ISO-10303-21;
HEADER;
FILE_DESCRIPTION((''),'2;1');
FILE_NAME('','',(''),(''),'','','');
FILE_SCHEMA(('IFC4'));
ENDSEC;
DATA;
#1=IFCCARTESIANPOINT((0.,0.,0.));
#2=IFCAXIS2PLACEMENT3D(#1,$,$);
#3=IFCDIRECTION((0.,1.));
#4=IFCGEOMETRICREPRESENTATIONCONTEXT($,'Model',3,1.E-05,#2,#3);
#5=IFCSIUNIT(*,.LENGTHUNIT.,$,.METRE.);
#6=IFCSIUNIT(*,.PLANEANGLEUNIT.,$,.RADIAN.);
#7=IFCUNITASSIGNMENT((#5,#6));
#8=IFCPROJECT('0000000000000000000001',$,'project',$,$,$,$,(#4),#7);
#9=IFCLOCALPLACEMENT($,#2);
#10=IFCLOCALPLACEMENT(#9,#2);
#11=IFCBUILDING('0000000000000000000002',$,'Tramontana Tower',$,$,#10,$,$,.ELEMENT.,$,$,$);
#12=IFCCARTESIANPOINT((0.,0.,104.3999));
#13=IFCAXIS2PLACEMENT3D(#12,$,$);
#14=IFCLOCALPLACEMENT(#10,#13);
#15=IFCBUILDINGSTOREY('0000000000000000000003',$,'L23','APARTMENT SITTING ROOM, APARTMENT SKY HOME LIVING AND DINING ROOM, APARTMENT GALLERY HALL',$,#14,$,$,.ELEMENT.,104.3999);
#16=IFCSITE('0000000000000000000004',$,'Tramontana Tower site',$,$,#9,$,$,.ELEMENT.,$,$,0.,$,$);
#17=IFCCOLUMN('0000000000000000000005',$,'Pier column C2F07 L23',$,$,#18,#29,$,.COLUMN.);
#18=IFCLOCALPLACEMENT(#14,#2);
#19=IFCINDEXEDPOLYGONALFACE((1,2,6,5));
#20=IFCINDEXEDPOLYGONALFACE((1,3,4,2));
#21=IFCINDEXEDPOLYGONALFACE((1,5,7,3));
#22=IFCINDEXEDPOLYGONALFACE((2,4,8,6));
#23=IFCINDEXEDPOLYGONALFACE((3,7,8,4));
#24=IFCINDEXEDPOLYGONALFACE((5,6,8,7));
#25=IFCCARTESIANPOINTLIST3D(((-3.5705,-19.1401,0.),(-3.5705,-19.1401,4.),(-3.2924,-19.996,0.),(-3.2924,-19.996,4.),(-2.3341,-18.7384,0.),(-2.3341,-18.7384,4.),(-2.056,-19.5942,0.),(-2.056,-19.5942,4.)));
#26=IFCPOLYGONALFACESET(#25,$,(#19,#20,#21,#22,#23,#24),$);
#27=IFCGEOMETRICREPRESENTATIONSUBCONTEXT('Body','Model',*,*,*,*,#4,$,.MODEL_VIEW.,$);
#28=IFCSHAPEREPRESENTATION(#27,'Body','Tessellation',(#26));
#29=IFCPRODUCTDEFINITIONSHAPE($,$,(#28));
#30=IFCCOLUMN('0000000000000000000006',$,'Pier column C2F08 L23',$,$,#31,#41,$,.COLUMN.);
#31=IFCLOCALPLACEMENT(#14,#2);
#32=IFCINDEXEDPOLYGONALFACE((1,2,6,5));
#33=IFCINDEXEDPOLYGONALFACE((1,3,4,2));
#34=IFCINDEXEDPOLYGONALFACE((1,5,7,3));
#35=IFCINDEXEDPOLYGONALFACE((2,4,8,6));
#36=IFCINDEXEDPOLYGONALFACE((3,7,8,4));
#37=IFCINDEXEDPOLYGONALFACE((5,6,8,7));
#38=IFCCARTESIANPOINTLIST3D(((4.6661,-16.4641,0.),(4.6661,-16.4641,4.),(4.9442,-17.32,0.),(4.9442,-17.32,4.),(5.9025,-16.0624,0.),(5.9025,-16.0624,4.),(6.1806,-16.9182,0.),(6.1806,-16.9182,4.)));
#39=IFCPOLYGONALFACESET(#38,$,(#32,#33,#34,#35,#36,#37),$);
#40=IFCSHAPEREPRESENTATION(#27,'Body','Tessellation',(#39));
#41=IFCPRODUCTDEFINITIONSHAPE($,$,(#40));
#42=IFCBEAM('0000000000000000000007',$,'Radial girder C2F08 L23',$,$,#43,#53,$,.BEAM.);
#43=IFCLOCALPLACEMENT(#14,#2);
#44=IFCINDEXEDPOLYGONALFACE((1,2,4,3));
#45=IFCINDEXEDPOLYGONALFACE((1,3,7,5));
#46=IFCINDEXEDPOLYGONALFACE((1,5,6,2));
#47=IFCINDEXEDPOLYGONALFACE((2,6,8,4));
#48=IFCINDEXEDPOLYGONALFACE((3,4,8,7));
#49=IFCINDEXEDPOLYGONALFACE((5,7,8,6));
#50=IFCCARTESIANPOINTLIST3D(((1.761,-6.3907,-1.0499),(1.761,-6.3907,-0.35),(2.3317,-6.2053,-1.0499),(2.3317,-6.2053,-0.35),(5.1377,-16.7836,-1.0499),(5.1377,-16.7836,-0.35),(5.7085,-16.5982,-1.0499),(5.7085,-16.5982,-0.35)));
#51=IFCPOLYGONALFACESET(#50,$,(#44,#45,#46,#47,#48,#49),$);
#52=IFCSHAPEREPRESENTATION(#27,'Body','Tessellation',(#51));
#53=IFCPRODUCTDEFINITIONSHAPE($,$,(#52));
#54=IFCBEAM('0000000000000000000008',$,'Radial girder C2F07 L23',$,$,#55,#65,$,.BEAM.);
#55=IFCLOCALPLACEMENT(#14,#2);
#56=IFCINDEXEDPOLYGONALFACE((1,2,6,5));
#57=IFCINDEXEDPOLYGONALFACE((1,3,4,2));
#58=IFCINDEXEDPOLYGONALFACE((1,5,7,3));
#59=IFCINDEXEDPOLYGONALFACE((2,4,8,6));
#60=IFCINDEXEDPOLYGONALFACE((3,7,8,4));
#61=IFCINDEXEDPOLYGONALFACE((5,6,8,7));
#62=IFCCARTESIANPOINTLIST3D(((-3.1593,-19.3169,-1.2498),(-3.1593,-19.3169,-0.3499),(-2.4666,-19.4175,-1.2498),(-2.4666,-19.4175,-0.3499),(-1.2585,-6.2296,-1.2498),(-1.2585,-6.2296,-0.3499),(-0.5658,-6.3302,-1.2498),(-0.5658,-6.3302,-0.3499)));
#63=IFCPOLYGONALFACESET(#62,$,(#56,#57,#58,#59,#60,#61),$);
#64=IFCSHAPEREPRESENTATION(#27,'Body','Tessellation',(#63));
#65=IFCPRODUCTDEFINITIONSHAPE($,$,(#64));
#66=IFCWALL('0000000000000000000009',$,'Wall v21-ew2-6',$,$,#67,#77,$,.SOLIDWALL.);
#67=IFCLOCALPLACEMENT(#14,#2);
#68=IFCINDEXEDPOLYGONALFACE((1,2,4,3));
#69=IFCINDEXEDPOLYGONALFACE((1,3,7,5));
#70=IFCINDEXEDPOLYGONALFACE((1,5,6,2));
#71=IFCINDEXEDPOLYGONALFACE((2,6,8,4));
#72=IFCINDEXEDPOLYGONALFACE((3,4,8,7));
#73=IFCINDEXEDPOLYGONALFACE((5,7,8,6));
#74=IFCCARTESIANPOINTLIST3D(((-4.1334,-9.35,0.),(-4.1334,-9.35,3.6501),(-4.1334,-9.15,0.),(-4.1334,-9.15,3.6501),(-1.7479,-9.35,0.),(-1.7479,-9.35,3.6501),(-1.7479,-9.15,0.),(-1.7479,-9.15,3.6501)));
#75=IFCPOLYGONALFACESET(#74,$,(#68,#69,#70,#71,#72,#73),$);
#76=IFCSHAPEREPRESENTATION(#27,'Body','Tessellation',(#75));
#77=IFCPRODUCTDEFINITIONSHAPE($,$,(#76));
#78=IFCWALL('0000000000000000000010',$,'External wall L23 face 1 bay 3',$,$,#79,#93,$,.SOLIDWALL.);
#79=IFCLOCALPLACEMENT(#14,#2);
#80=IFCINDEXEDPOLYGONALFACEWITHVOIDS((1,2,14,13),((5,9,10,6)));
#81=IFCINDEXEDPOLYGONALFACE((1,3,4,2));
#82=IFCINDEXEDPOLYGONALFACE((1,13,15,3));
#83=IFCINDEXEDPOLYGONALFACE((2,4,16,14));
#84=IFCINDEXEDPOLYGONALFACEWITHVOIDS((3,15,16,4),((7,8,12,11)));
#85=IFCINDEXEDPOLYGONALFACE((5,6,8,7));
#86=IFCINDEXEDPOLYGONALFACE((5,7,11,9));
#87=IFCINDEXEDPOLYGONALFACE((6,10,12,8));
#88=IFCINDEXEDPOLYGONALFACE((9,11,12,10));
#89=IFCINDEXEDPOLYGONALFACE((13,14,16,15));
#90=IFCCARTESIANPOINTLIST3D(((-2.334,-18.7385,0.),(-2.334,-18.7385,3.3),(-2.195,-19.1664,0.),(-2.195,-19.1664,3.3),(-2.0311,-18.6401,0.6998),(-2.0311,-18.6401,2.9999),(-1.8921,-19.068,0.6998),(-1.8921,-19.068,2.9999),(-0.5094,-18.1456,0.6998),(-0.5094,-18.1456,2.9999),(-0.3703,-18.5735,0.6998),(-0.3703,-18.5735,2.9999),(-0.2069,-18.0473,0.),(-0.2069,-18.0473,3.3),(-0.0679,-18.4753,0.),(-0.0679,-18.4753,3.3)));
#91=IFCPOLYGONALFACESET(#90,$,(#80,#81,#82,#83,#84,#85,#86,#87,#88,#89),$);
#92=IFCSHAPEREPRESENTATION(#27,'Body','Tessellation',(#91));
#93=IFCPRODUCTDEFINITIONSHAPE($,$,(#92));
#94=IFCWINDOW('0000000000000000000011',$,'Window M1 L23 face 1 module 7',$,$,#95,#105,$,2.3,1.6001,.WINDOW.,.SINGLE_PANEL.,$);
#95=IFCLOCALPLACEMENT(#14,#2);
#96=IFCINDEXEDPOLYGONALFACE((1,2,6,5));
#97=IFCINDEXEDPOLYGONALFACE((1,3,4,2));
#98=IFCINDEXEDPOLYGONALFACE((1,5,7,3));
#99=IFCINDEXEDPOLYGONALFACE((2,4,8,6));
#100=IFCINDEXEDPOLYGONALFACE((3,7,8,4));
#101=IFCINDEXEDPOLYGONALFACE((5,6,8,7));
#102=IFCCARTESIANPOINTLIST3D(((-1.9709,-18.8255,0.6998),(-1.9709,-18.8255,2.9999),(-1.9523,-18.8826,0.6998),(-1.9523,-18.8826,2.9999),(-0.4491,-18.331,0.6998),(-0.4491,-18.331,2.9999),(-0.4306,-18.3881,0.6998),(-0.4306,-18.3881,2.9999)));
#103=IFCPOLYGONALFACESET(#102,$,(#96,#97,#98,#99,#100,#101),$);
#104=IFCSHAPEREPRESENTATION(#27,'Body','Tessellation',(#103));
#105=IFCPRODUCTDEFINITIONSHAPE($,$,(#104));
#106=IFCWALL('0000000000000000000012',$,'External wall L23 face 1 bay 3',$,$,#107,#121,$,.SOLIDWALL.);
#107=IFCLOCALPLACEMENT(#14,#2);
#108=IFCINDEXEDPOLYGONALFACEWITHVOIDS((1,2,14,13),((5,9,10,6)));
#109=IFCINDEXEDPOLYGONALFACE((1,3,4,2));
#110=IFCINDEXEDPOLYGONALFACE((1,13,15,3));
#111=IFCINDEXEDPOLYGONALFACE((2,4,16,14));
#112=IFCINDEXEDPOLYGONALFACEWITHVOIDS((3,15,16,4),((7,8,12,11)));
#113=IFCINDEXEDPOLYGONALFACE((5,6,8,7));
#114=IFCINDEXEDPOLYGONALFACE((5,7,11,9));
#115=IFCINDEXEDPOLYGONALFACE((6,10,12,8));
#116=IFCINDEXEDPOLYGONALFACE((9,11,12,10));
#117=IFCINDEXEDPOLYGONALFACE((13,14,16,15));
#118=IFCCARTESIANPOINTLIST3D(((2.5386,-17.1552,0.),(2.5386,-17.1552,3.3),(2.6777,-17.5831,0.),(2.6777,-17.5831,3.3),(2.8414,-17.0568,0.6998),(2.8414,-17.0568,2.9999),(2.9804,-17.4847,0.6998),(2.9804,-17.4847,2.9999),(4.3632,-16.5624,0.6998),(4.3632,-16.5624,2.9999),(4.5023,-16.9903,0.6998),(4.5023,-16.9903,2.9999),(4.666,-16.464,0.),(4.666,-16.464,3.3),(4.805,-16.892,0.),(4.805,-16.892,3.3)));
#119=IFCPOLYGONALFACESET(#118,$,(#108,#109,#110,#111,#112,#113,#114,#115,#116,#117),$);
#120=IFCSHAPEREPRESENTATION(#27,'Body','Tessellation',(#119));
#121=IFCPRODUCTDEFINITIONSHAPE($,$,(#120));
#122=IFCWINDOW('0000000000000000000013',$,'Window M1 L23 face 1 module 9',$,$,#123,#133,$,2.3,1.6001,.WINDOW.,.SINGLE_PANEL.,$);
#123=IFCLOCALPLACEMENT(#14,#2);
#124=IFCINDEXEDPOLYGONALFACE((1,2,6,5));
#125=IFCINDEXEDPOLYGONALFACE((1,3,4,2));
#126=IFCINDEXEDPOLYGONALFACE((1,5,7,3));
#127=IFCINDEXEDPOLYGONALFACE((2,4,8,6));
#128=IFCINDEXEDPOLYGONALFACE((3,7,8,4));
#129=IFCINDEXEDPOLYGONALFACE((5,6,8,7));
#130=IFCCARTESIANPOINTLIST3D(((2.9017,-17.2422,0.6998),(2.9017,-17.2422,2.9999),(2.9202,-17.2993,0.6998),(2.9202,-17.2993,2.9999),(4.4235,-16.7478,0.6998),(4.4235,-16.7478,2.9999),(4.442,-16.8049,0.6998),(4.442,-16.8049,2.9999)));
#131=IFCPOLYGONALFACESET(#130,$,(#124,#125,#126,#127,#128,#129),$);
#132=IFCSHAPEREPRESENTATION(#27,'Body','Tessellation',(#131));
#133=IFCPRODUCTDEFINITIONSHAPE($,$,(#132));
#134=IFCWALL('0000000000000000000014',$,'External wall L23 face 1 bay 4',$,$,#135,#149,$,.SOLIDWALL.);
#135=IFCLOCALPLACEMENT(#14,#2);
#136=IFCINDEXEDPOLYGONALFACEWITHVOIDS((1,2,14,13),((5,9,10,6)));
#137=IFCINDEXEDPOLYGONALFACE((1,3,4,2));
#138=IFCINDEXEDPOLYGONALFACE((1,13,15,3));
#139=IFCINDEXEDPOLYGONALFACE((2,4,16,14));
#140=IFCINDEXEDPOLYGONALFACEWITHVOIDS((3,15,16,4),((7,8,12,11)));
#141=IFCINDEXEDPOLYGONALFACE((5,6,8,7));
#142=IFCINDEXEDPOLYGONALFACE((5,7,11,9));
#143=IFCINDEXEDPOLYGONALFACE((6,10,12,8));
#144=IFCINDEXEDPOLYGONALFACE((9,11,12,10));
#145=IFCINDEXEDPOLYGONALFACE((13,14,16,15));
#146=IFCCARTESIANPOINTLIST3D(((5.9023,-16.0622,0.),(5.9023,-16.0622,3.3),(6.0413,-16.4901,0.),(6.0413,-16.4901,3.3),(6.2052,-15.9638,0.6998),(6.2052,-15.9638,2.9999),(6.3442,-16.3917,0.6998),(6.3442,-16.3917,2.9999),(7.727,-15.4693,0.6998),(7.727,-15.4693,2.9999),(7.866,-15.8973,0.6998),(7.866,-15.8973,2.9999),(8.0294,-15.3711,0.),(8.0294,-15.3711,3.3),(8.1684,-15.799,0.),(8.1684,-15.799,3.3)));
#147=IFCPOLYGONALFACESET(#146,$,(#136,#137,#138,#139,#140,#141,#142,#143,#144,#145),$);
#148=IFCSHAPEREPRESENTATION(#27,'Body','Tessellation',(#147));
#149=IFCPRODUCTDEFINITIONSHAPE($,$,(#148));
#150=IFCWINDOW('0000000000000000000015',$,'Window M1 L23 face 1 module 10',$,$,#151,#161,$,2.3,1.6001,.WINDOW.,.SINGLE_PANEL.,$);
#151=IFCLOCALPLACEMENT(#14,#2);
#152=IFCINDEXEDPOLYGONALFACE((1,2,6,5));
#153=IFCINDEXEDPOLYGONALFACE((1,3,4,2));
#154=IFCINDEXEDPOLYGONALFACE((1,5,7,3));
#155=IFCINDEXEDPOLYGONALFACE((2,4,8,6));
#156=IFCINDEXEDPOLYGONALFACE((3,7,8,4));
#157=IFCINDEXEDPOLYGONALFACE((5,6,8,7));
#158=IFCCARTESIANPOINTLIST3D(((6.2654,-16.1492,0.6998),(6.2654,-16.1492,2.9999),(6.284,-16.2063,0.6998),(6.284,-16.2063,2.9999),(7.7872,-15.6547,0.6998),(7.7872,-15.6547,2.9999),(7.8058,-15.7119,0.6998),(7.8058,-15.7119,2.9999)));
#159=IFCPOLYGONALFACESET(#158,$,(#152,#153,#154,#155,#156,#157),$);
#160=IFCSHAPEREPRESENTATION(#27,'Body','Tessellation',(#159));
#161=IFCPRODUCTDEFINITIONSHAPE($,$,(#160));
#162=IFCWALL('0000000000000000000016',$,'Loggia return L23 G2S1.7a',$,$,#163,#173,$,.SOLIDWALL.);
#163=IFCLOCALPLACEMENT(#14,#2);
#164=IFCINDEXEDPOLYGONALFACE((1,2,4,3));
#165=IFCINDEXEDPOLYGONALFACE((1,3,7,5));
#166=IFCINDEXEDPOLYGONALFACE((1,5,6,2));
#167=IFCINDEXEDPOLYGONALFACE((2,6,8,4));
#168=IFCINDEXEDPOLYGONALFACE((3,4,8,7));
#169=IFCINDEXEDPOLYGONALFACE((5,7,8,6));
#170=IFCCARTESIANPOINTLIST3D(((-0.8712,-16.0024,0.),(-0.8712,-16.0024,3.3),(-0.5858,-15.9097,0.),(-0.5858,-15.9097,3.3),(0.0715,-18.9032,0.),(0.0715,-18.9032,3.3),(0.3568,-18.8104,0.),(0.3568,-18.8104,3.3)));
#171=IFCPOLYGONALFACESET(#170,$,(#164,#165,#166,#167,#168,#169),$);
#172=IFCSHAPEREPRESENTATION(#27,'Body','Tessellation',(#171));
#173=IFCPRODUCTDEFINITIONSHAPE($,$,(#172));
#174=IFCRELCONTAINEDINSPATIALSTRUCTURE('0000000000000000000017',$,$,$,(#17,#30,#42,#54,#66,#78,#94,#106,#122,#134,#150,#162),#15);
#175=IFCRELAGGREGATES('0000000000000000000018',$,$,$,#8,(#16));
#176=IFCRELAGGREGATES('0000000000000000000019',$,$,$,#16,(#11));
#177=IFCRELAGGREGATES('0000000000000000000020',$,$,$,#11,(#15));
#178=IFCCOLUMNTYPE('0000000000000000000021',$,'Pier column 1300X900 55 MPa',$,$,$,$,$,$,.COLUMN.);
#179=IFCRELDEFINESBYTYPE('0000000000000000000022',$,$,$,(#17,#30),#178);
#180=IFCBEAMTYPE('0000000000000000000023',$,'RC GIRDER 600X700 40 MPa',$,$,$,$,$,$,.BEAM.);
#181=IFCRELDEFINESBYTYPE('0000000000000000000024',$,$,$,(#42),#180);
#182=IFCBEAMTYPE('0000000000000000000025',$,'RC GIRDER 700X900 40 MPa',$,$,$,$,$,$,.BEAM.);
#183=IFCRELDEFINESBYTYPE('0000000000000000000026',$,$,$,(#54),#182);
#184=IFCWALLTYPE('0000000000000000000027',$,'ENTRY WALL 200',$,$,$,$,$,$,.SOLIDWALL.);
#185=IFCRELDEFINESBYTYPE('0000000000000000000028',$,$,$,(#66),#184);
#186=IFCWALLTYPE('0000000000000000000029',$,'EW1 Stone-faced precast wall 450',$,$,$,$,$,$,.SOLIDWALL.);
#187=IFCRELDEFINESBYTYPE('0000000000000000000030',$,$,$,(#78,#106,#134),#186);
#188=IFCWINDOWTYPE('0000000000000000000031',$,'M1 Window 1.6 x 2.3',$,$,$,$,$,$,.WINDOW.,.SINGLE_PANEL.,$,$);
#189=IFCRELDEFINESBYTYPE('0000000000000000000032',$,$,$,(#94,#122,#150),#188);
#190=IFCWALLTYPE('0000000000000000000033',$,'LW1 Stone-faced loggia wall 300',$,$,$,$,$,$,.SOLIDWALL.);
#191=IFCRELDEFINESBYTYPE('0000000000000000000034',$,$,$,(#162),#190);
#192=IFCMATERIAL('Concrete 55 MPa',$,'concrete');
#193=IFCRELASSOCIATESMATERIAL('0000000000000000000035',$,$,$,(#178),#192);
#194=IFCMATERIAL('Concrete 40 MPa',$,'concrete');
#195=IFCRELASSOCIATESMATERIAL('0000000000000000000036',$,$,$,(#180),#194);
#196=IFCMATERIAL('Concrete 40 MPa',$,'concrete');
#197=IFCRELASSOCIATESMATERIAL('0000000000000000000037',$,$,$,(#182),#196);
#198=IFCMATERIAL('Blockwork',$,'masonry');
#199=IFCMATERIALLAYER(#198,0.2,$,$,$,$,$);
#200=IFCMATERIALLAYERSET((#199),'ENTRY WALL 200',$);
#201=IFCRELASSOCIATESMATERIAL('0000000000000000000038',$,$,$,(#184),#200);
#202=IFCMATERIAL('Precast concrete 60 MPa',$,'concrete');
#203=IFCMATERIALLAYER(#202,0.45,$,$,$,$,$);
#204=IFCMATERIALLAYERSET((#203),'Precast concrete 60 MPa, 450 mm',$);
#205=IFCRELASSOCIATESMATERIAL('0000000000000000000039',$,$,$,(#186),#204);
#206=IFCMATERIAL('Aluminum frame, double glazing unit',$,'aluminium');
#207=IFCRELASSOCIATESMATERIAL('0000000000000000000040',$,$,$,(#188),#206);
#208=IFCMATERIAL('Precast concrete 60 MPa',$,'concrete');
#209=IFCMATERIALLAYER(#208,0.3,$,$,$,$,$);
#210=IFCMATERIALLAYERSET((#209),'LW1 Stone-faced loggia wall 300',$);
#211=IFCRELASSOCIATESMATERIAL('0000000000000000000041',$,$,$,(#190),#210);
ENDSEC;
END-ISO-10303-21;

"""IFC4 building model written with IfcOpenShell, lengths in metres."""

from ifc_helpers import new_model, si_unit, direction, frame, frame_2d, origin, origin_2d, place, context, subcontext, project, spatial, rectangle, extrude, material, layer, layer_set, material_profile, profile_set, type_object, element, fill, save


model = new_model("IFC4")

# Units and contexts
model_context = context("Model", 3, precision=1e-05, world=origin(), true_north=direction((0.0, 1.0)))
body_context = subcontext(model_context, "Body", "Model", "MODEL_VIEW")
ifc_project = project(units=[si_unit("LENGTHUNIT", "METRE"), si_unit("PLANEANGLEUNIT", "RADIAN")], contexts=[model_context])

# Site, building, storey
site_placement = place(None, origin())
site = spatial("IfcSite", under=ifc_project, at=site_placement, Name="Tramontana Tower site", CompositionType="ELEMENT", RefElevation=0.0)
building_placement = place(site_placement, origin())
building = spatial("IfcBuilding", under=site, at=building_placement, Name="Tramontana Tower", CompositionType="ELEMENT")
storey_placement = place(building_placement, frame((0.0, 0.0, 104.3999)))
storey = spatial("IfcBuildingStorey", under=building, at=storey_placement, Name="L23", Description="APARTMENT SITTING ROOM, APARTMENT SKY HOME LIVING AND DINING ROOM, APARTMENT GALLERY HALL", CompositionType="ELEMENT", Elevation=104.3999)

# Columns
ifc_material_1 = material(Name="Concrete 55 MPa", Category="concrete")
ifc_material_profile_1 = material_profile(ifc_material_1, rectangle(XDim=1.3, YDim=0.8999, at=origin_2d()), Name="Pier column 1300X900 55 MPa")
ifc_profile_set_1 = profile_set([ifc_material_profile_1], Name="Concrete 55 MPa")
column_type = type_object("IfcColumnType", Name="Pier column 1300X900 55 MPa", PredefinedType="COLUMN", material=ifc_profile_set_1)
for number, where, z_axis, x_axis, name in (
    (1, (-2.8132, -19.3672, 0.0), (0.0, 0.0, 1.0), (0.951057, 0.309017, 0.0), "Pier column C2F07 L23"),
    (2, (5.4233, -16.6912, 0.0), (0.0, 0.0, 1.0), (0.951057, 0.309017, 0.0), "Pier column C2F08 L23"),
):
    element("IfcColumn", number, at=place(storey_placement, frame(where, z_axis=z_axis, x_axis=x_axis)), inside=storey, type_object=column_type, Name=name, PredefinedType="COLUMN", context=body_context, shape_type="SweptSolid", body=[
        extrude(rectangle(XDim=1.3, YDim=0.8999, at=origin_2d()), origin(), (0.0, 0.0, 1.0), 4.0),
    ])

# Beams
ifc_material_2 = material(Name="Concrete 40 MPa", Category="concrete")
ifc_material_profile_2 = material_profile(ifc_material_2, rectangle(XDim=0.6001, YDim=0.7, at=origin_2d()), Name="RC GIRDER 600X700 40 MPa")
ifc_profile_set_2 = profile_set([ifc_material_profile_2], Name="Concrete 40 MPa")
beam_type_1 = type_object("IfcBeamType", Name="RC GIRDER 600X700 40 MPa", PredefinedType="BEAM", material=ifc_profile_set_2)
beam_1_placement = place(storey_placement, frame((5.4231, -16.6909, -0.7), z_axis=(-0.309007, 0.95106, 0.0), x_axis=(-0.95106, -0.309007, 0.0)))
element("IfcBeam", 3, at=beam_1_placement, inside=storey, type_object=beam_type_1, Name="Radial girder C2F08 L23", PredefinedType="BEAM", context=body_context, shape_type="SweptSolid", body=[
    extrude(rectangle(XDim=0.6001, YDim=0.7, at=origin_2d()), origin(), (0.0, 0.0, 1.0), 10.9277),
])
ifc_material_3 = material(Name="Concrete 40 MPa", Category="concrete")
ifc_material_profile_3 = material_profile(ifc_material_3, rectangle(XDim=0.7, YDim=0.8999, at=origin_2d()), Name="RC GIRDER 700X900 40 MPa")
ifc_profile_set_3 = profile_set([ifc_material_profile_3], Name="Concrete 40 MPa")
beam_type_2 = type_object("IfcBeamType", Name="RC GIRDER 700X900 40 MPa", PredefinedType="BEAM", material=ifc_profile_set_3)
beam_2_placement = place(storey_placement, frame((-2.813, -19.3672, -0.7998), z_axis=(0.143737, 0.989616, 0.0), x_axis=(-0.989616, 0.143737, 0.0)))
element("IfcBeam", 4, at=beam_2_placement, inside=storey, type_object=beam_type_2, Name="Radial girder C2F07 L23", PredefinedType="BEAM", context=body_context, shape_type="SweptSolid", body=[
    extrude(rectangle(XDim=0.7, YDim=0.8999, at=origin_2d()), origin(), (0.0, 0.0, 1.0), 13.2246),
])

# Wall
ifc_material_4 = material(Name="Blockwork", Category="masonry")
ifc_layer_1 = layer(ifc_material_4, 0.2)
ifc_layer_set_1 = layer_set([ifc_layer_1], Name="ENTRY WALL 200")
wall_type_1 = type_object("IfcWallType", Name="ENTRY WALL 200", PredefinedType="SOLIDWALL", material=ifc_layer_set_1)
wall_1_placement = place(storey_placement, frame((-1.7478, -9.25, 0.0), z_axis=(0.0, 0.0, 1.0), x_axis=(-1.0, 0.0, 0.0)))
element("IfcWall", 5, at=wall_1_placement, inside=storey, type_object=wall_type_1, Name="Wall v21-ew2-6", PredefinedType="SOLIDWALL", context=body_context, shape_type="SweptSolid", body=[
    extrude(rectangle(XDim=2.3855, YDim=0.2, at=frame_2d((1.1929, 0.0))), origin(), (0.0, 0.0, 1.0), 3.6501),
])

# Walls, openings, windows
ifc_material_5 = material(Name="Precast concrete 60 MPa", Category="concrete")
ifc_layer_2 = layer(ifc_material_5, 0.45)
ifc_layer_set_2 = layer_set([ifc_layer_2], Name="Precast concrete 60 MPa, 450 mm")
wall_type_2 = type_object("IfcWallType", Name="EW1 Stone-faced precast wall 450", PredefinedType="SOLIDWALL", material=ifc_layer_set_2)
wall_2_placement = place(storey_placement, frame((-2.2644, -18.9524, 0.0), z_axis=(0.0, 0.0, 1.0), x_axis=(0.951057, 0.309014, 0.0)))
wall_2 = element("IfcWall", 6, at=wall_2_placement, inside=storey, type_object=wall_type_2, Name="External wall L23 face 1 bay 3", PredefinedType="SOLIDWALL", context=body_context, shape_type="SweptSolid", body=[
    extrude(rectangle(XDim=2.2366, YDim=0.45, at=frame_2d((1.1182, 0.0))), origin(), (0.0, 0.0, 1.0), 3.3),
])
opening_1_placement = place(wall_2_placement, frame((0.3184, 0.0, 0.7)))
opening_1 = element("IfcOpeningElement", 7, at=opening_1_placement, cuts=wall_2, PredefinedType="OPENING", context=body_context, shape_type="SweptSolid", body=[
    extrude(rectangle(XDim=1.6001, YDim=2.3, at=frame_2d((0.8, 1.1499))), frame((0.0, 0.2349, 0.0), z_axis=(0.0, -1.0, 0.0), x_axis=(1.0, 0.0, 0.0)), (0.0, 0.0, 1.0), 0.47),
])
ifc_material_6 = material(Name="Aluminum frame, double glazing unit", Category="aluminium")
window_type = type_object("IfcWindowType", Name="M1 Window 1.6 x 2.3", PartitioningType="SINGLE_PANEL", PredefinedType="WINDOW", material=ifc_material_6)
window_1_placement = place(opening_1_placement, origin())
window_1 = element("IfcWindow", 8, at=window_1_placement, inside=storey, type_object=window_type, Name="Window M1 L23 face 1 module 7", OverallHeight=2.3, OverallWidth=1.6001, PartitioningType="SINGLE_PANEL", PredefinedType="WINDOW", context=body_context, shape_type="SweptSolid", body=[
    extrude(rectangle(XDim=1.6001, YDim=2.3, at=frame_2d((0.8, 1.1499))), frame((0.0, 0.03, 0.0), z_axis=(0.0, -1.0, 0.0), x_axis=(1.0, 0.0, 0.0)), (0.0, 0.0, 1.0), 0.0601),
])
fill(opening_1, window_1)
wall_3_placement = place(storey_placement, frame((2.6082, -17.3691, 0.0), z_axis=(0.0, 0.0, 1.0), x_axis=(0.951068, 0.308982, 0.0)))
wall_3 = element("IfcWall", 9, at=wall_3_placement, inside=storey, type_object=wall_type_2, Name="External wall L23 face 1 bay 3", PredefinedType="SOLIDWALL", context=body_context, shape_type="SweptSolid", body=[
    extrude(rectangle(XDim=2.2368, YDim=0.45, at=frame_2d((1.1184, 0.0))), origin(), (0.0, 0.0, 1.0), 3.3),
])
opening_2_placement = place(wall_3_placement, frame((0.3184, 0.0, 0.7)))
opening_2 = element("IfcOpeningElement", 10, at=opening_2_placement, cuts=wall_3, PredefinedType="OPENING", context=body_context, shape_type="SweptSolid", body=[
    extrude(rectangle(XDim=1.6001, YDim=2.3, at=frame_2d((0.8, 1.1499))), frame((0.0, 0.2349, 0.0), z_axis=(0.0, -1.0, 0.0), x_axis=(1.0, 0.0, 0.0)), (0.0, 0.0, 1.0), 0.47),
])
window_2_placement = place(opening_2_placement, origin())
window_2 = element("IfcWindow", 11, at=window_2_placement, inside=storey, type_object=window_type, Name="Window M1 L23 face 1 module 9", OverallHeight=2.3, OverallWidth=1.6001, PartitioningType="SINGLE_PANEL", PredefinedType="WINDOW", context=body_context, shape_type="SweptSolid", body=[
    extrude(rectangle(XDim=1.6001, YDim=2.3, at=frame_2d((0.8, 1.1499))), frame((0.0, 0.03, 0.0), z_axis=(0.0, -1.0, 0.0), x_axis=(1.0, 0.0, 0.0)), (0.0, 0.0, 1.0), 0.0601),
])
fill(opening_2, window_2)
wall_4_placement = place(storey_placement, frame((5.9719, -16.2761, 0.0), z_axis=(0.0, 0.0, 1.0), x_axis=(0.951057, 0.309014, 0.0)))
wall_4 = element("IfcWall", 12, at=wall_4_placement, inside=storey, type_object=wall_type_2, Name="External wall L23 face 1 bay 4", PredefinedType="SOLIDWALL", context=body_context, shape_type="SweptSolid", body=[
    extrude(rectangle(XDim=2.2366, YDim=0.45, at=frame_2d((1.1182, 0.0))), origin(), (0.0, 0.0, 1.0), 3.3),
])
opening_3_placement = place(wall_4_placement, frame((0.3184, 0.0, 0.7)))
opening_3 = element("IfcOpeningElement", 13, at=opening_3_placement, cuts=wall_4, PredefinedType="OPENING", context=body_context, shape_type="SweptSolid", body=[
    extrude(rectangle(XDim=1.6001, YDim=2.3, at=frame_2d((0.8, 1.1499))), frame((0.0, 0.2349, 0.0), z_axis=(0.0, -1.0, 0.0), x_axis=(1.0, 0.0, 0.0)), (0.0, 0.0, 1.0), 0.47),
])
window_3_placement = place(opening_3_placement, origin())
window_3 = element("IfcWindow", 14, at=window_3_placement, inside=storey, type_object=window_type, Name="Window M1 L23 face 1 module 10", OverallHeight=2.3, OverallWidth=1.6001, PartitioningType="SINGLE_PANEL", PredefinedType="WINDOW", context=body_context, shape_type="SweptSolid", body=[
    extrude(rectangle(XDim=1.6001, YDim=2.3, at=frame_2d((0.8, 1.1499))), frame((0.0, 0.03, 0.0), z_axis=(0.0, -1.0, 0.0), x_axis=(1.0, 0.0, 0.0)), (0.0, 0.0, 1.0), 0.0601),
])
fill(opening_3, window_3)

# Shared definitions
ifc_material_7 = material(Name="Precast concrete 60 MPa", Category="concrete")
ifc_layer_3 = layer(ifc_material_7, 0.3)
ifc_layer_set_3 = layer_set([ifc_layer_3], Name="LW1 Stone-faced loggia wall 300")
wall_type_3 = type_object("IfcWallType", Name="LW1 Stone-faced loggia wall 300", PredefinedType="SOLIDWALL", material=ifc_layer_set_3)

# Wall
wall_5_placement = place(storey_placement, frame((0.2141, -18.8567, 0.0), z_axis=(0.0, 0.0, 1.0), x_axis=(-0.309063, 0.951042, 0.0)))
element("IfcWall", 15, at=wall_5_placement, inside=storey, type_object=wall_type_3, Name="Loggia return L23 G2S1.7a", PredefinedType="SOLIDWALL", context=body_context, shape_type="SweptSolid", body=[
    extrude(rectangle(XDim=3.05, YDim=0.3, at=frame_2d((1.5249, 0.0))), origin(), (0.0, 0.0, 1.0), 3.3),
])

save(model, "model.ifc")
